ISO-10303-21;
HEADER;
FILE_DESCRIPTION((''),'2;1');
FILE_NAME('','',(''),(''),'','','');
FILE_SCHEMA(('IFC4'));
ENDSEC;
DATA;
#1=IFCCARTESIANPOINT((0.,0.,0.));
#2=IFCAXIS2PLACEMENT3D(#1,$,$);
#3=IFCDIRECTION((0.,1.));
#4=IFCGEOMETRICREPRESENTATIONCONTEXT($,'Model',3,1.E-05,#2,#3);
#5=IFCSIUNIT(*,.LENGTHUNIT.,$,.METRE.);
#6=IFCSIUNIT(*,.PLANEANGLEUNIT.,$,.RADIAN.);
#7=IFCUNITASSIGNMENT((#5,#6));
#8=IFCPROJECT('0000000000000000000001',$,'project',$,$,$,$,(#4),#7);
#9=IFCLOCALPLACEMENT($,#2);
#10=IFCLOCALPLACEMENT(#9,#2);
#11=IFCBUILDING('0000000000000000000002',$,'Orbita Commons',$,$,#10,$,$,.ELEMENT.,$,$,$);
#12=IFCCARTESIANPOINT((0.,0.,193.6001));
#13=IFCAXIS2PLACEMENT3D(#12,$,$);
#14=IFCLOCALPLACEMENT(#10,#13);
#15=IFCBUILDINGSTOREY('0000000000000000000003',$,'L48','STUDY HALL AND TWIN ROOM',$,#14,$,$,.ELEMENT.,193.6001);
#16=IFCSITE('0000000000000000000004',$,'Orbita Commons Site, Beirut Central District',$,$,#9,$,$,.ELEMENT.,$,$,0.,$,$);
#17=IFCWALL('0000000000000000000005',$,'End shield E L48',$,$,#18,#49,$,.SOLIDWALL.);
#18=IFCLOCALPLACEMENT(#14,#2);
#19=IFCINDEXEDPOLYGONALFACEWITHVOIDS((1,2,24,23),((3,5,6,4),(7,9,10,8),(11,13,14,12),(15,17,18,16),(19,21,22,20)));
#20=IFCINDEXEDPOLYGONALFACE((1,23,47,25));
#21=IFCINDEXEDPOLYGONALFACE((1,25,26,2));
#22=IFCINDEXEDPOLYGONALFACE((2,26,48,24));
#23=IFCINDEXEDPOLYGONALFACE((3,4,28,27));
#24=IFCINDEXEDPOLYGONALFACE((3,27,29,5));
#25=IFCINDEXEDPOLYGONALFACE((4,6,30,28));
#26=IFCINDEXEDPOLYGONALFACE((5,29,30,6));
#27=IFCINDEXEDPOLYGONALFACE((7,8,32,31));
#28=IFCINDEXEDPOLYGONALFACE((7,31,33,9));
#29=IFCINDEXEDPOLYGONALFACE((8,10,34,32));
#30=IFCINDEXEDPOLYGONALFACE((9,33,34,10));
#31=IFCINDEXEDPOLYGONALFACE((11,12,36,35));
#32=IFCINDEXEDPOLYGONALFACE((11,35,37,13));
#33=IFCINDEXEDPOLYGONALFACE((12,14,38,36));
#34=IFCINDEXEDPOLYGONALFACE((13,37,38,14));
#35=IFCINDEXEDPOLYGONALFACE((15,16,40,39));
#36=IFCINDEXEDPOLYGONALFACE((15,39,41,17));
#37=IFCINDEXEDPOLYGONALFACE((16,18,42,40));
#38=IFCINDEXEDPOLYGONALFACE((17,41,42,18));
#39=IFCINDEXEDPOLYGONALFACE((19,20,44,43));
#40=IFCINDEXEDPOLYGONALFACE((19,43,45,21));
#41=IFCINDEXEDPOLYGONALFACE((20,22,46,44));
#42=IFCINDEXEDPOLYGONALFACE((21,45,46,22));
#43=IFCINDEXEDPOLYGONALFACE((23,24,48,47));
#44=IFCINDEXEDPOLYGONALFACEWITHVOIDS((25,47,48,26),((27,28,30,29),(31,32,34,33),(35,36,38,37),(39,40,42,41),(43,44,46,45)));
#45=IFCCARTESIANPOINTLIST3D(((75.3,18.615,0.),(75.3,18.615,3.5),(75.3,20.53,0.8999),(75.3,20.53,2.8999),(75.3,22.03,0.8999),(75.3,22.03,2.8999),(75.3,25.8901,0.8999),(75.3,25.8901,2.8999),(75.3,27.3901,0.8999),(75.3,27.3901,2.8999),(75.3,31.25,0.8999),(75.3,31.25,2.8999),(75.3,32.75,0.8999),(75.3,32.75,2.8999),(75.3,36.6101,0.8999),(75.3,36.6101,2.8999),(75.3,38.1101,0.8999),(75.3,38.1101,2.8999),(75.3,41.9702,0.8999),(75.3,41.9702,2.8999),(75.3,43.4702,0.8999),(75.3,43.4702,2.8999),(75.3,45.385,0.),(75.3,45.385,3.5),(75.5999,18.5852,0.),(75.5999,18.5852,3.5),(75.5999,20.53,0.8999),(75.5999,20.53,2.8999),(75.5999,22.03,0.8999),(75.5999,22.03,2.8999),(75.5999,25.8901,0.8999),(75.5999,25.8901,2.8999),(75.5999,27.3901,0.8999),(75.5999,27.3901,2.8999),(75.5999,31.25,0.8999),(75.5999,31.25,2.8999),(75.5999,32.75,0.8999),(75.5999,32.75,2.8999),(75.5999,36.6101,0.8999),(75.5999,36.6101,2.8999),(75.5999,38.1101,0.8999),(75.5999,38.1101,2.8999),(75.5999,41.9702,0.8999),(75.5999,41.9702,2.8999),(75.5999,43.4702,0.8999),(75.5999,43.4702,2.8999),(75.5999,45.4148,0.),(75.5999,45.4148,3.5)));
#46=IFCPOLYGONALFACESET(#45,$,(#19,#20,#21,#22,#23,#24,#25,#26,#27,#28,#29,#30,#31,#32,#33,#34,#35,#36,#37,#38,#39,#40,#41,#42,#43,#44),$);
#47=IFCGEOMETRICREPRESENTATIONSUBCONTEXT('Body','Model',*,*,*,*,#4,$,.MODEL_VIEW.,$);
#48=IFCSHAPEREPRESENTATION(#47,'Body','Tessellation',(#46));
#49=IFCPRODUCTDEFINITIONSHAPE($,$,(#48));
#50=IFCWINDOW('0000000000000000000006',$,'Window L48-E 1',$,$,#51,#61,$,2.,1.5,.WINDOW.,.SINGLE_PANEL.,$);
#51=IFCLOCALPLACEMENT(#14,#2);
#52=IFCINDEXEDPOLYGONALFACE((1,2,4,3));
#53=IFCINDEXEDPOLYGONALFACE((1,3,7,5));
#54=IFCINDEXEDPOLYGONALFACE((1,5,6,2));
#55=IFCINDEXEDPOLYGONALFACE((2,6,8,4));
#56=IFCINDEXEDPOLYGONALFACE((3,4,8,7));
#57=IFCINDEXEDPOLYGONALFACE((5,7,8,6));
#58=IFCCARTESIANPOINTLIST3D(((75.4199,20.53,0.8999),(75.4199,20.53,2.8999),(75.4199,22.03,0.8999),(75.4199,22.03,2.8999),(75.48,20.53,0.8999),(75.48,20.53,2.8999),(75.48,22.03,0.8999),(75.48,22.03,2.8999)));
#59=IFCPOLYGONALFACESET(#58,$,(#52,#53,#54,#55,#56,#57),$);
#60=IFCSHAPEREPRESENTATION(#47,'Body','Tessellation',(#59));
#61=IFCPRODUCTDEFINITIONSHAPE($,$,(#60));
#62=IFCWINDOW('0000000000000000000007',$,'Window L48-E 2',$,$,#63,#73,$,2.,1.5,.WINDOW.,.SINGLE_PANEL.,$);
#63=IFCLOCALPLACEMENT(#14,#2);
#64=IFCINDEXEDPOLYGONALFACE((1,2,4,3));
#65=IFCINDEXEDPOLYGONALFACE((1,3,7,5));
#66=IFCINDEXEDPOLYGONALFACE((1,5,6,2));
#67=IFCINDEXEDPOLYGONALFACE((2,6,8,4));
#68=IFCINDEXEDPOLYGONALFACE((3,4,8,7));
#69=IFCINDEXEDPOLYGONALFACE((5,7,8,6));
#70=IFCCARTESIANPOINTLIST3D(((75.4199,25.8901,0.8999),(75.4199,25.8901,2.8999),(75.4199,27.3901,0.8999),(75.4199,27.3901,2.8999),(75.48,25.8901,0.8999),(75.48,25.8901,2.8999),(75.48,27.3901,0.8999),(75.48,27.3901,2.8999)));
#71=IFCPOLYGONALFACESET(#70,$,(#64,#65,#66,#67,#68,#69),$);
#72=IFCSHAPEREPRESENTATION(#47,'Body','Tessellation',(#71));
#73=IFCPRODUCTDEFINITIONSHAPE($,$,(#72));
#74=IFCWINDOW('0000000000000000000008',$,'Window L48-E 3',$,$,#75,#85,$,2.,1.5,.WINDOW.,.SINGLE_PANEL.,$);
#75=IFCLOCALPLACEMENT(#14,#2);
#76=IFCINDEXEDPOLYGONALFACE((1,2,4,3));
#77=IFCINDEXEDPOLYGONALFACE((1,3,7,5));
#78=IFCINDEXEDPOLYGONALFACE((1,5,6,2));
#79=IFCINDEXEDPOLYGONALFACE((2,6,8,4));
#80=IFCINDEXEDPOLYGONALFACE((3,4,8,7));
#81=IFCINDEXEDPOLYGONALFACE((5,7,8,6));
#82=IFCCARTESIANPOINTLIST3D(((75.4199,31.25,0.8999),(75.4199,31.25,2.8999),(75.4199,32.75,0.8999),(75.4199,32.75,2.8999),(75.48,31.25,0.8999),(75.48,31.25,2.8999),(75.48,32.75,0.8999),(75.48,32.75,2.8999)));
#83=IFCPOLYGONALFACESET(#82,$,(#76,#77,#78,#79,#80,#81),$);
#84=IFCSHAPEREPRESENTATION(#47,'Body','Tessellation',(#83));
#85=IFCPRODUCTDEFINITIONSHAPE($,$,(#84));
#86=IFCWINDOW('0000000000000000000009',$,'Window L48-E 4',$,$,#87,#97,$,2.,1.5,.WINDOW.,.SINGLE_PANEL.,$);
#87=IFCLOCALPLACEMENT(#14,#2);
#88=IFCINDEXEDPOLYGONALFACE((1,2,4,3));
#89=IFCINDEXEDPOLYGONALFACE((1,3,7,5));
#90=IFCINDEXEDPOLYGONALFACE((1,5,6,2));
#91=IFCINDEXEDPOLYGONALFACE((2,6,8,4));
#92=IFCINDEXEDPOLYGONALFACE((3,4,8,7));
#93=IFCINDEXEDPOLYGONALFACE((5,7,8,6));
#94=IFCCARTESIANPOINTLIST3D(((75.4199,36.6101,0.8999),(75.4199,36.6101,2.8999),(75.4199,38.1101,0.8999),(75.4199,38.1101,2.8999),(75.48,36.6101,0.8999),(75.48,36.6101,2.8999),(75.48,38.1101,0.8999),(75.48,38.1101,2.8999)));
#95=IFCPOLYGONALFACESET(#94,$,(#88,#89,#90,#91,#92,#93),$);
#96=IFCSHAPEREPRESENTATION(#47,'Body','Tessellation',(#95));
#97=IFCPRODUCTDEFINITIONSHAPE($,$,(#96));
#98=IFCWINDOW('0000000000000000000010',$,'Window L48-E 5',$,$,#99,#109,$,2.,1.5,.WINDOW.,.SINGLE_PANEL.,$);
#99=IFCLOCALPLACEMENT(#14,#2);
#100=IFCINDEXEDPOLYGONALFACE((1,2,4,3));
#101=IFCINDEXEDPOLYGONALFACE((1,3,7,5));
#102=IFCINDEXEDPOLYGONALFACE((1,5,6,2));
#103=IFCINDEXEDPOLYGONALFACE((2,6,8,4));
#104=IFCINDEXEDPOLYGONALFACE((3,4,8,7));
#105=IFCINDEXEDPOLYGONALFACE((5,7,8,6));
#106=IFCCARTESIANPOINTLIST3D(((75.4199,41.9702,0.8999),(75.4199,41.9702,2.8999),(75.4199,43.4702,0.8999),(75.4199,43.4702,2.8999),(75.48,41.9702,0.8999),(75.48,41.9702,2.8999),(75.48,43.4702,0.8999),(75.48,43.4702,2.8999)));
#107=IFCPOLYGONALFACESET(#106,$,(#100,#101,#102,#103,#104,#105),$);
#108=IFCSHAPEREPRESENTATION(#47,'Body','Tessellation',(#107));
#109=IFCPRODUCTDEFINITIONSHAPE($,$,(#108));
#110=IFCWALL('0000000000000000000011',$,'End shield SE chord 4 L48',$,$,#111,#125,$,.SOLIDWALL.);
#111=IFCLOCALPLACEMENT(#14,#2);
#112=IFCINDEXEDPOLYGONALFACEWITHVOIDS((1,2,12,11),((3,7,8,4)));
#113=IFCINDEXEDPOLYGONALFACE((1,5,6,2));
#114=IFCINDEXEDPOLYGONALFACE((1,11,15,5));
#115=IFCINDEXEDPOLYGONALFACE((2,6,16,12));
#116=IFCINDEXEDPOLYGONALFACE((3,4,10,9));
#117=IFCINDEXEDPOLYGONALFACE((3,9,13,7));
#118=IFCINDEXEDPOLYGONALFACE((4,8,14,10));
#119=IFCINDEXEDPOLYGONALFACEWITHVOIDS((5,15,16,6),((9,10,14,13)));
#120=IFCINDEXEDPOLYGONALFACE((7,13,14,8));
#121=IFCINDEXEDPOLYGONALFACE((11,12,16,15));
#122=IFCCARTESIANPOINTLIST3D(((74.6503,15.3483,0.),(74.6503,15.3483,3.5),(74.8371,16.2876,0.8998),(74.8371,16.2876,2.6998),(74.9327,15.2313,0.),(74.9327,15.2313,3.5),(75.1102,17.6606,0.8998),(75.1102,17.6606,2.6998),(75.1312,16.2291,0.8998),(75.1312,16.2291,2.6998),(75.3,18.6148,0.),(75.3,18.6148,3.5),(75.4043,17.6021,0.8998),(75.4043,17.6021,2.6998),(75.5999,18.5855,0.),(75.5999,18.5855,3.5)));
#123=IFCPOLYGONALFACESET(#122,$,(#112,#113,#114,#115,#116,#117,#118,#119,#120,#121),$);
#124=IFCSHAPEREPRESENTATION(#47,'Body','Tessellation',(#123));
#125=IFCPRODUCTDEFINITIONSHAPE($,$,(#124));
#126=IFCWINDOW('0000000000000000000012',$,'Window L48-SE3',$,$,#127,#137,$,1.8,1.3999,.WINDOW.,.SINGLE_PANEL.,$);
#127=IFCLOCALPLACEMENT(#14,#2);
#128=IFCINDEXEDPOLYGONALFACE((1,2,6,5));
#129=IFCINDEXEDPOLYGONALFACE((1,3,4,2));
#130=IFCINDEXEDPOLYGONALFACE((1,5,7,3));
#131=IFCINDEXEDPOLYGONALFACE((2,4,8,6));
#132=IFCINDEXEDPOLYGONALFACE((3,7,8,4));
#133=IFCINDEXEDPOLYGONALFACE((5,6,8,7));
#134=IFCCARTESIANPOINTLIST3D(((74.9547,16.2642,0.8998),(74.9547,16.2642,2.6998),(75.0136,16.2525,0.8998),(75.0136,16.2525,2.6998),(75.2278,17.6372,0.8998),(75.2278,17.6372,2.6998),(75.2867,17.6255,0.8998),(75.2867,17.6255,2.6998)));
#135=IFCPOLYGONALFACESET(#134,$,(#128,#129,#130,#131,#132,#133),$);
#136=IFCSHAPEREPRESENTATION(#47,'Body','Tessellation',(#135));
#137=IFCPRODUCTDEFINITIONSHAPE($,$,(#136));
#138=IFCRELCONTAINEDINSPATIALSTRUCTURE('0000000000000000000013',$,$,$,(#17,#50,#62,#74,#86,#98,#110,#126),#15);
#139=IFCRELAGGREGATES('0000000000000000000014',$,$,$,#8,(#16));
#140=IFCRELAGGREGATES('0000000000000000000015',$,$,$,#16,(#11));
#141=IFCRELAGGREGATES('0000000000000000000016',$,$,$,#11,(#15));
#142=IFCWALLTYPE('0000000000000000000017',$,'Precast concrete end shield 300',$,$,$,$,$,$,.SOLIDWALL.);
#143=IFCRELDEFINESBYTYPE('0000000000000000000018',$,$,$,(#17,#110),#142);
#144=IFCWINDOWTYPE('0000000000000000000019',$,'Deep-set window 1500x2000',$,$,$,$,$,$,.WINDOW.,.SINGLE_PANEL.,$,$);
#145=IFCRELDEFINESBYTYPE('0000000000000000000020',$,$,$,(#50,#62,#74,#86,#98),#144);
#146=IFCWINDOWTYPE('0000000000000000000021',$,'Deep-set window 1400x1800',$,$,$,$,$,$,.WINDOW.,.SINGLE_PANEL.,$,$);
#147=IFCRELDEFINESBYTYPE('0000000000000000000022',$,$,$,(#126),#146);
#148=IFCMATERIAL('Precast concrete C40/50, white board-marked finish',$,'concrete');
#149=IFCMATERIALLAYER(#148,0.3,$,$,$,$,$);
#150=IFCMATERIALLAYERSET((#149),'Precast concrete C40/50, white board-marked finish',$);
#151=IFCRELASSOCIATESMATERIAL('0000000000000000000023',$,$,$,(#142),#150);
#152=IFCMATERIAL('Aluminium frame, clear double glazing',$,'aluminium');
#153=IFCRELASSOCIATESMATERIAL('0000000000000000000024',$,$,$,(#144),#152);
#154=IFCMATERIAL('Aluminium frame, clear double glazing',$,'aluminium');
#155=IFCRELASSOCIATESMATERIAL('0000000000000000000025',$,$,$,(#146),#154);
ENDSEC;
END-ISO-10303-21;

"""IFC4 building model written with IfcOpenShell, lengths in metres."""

from ifc_helpers import new_model, si_unit, direction, frame, frame_2d, origin, place, context, subcontext, project, spatial, polyline, rectangle, outline, extrude, material, layer, layer_set, type_object, element, fill, save


model = new_model("IFC4")

# Units and contexts
model_context = context("Model", 3, precision=1e-05, world=origin(), true_north=direction((0.0, 1.0)))
body_context = subcontext(model_context, "Body", "Model", "MODEL_VIEW")
ifc_project = project(units=[si_unit("LENGTHUNIT", "METRE"), si_unit("PLANEANGLEUNIT", "RADIAN")], contexts=[model_context])

# Site, building, storey
site_placement = place(None, origin())
site = spatial("IfcSite", under=ifc_project, at=site_placement, Name="Orbita Commons Site, Beirut Central District", CompositionType="ELEMENT", RefElevation=0.0)
building_placement = place(site_placement, origin())
building = spatial("IfcBuilding", under=site, at=building_placement, Name="Orbita Commons", CompositionType="ELEMENT")
storey_placement = place(building_placement, frame((0.0, 0.0, 193.6001)))
storey = spatial("IfcBuildingStorey", under=building, at=storey_placement, Name="L48", Description="STUDY HALL AND TWIN ROOM", CompositionType="ELEMENT", Elevation=193.6001)

# Wall, openings, windows
ifc_material_1 = material(Name="Precast concrete C40/50, white board-marked finish", Category="concrete")
ifc_layer_1 = layer(ifc_material_1, 0.3)
ifc_layer_set_1 = layer_set([ifc_layer_1], Name="Precast concrete C40/50, white board-marked finish")
wall_type_1 = type_object("IfcWallType", Name="Precast concrete end shield 300", PredefinedType="SOLIDWALL", material=ifc_layer_set_1)
wall_1_placement = place(storey_placement, frame((75.45, 18.6001, 0.0), z_axis=(0.0, 0.0, 1.0), x_axis=(0.0, 1.0, 0.0)))
wall_1 = element("IfcWall", 1, at=wall_1_placement, inside=storey, type_object=wall_type_1, Name="End shield E L48", PredefinedType="SOLIDWALL", context=body_context, shape_type="SweptSolid", body=[
    extrude(outline(polyline([(-0.0149, -0.1499), (26.8147, -0.1499), (26.7849, 0.1499), (0.0149, 0.1499), (-0.0149, -0.1499)])), origin(), (0.0, 0.0, 1.0), 3.5),
])
opening_1_placement = place(wall_1_placement, frame((1.9299, 0.0, 0.8999)))
opening_1 = element("IfcOpeningElement", 2, at=opening_1_placement, cuts=wall_1, PredefinedType="OPENING", context=body_context, shape_type="SweptSolid", body=[
    extrude(rectangle(XDim=1.5, YDim=2.0, at=frame_2d((0.75, 1.0))), frame((0.0, 0.1599, 0.0), z_axis=(0.0, -1.0, 0.0), x_axis=(1.0, 0.0, 0.0)), (0.0, 0.0, 1.0), 0.3201),
])
opening_2_placement = place(wall_1_placement, frame((7.29, 0.0, 0.8999)))
opening_2 = element("IfcOpeningElement", 3, at=opening_2_placement, cuts=wall_1, PredefinedType="OPENING", context=body_context, shape_type="SweptSolid", body=[
    extrude(rectangle(XDim=1.5, YDim=2.0, at=frame_2d((0.75, 1.0))), frame((0.0, 0.1599, 0.0), z_axis=(0.0, -1.0, 0.0), x_axis=(1.0, 0.0, 0.0)), (0.0, 0.0, 1.0), 0.3201),
])
opening_3_placement = place(wall_1_placement, frame((12.6499, 0.0, 0.8999)))
opening_3 = element("IfcOpeningElement", 4, at=opening_3_placement, cuts=wall_1, PredefinedType="OPENING", context=body_context, shape_type="SweptSolid", body=[
    extrude(rectangle(XDim=1.5, YDim=2.0, at=frame_2d((0.75, 1.0))), frame((0.0, 0.1599, 0.0), z_axis=(0.0, -1.0, 0.0), x_axis=(1.0, 0.0, 0.0)), (0.0, 0.0, 1.0), 0.3201),
])
opening_4_placement = place(wall_1_placement, frame((18.01, 0.0, 0.8999)))
opening_4 = element("IfcOpeningElement", 5, at=opening_4_placement, cuts=wall_1, PredefinedType="OPENING", context=body_context, shape_type="SweptSolid", body=[
    extrude(rectangle(XDim=1.5, YDim=2.0, at=frame_2d((0.75, 1.0))), frame((0.0, 0.1599, 0.0), z_axis=(0.0, -1.0, 0.0), x_axis=(1.0, 0.0, 0.0)), (0.0, 0.0, 1.0), 0.3201),
])
opening_5_placement = place(wall_1_placement, frame((23.3701, 0.0, 0.8999)))
opening_5 = element("IfcOpeningElement", 6, at=opening_5_placement, cuts=wall_1, PredefinedType="OPENING", context=body_context, shape_type="SweptSolid", body=[
    extrude(rectangle(XDim=1.5, YDim=2.0, at=frame_2d((0.75, 1.0))), frame((0.0, 0.1599, 0.0), z_axis=(0.0, -1.0, 0.0), x_axis=(1.0, 0.0, 0.0)), (0.0, 0.0, 1.0), 0.3201),
])
ifc_material_2 = material(Name="Aluminium frame, clear double glazing", Category="aluminium")
window_type_1 = type_object("IfcWindowType", Name="Deep-set window 1500x2000", PartitioningType="SINGLE_PANEL", PredefinedType="WINDOW", material=ifc_material_2)
window_1_placement = place(opening_1_placement, origin())
window_1 = element("IfcWindow", 7, at=window_1_placement, inside=storey, type_object=window_type_1, Name="Window L48-E 1", OverallHeight=2.0, OverallWidth=1.5, PartitioningType="SINGLE_PANEL", PredefinedType="WINDOW", context=body_context, shape_type="SweptSolid", body=[
    extrude(rectangle(XDim=1.5, YDim=2.0, at=frame_2d((0.75, 1.0))), frame((0.0, 0.03, 0.0), z_axis=(0.0, -1.0, 0.0), x_axis=(1.0, 0.0, 0.0)), (0.0, 0.0, 1.0), 0.0601),
])
fill(opening_1, window_1)
window_2_placement = place(opening_2_placement, origin())
window_2 = element("IfcWindow", 8, at=window_2_placement, inside=storey, type_object=window_type_1, Name="Window L48-E 2", OverallHeight=2.0, OverallWidth=1.5, PartitioningType="SINGLE_PANEL", PredefinedType="WINDOW", context=body_context, shape_type="SweptSolid", body=[
    extrude(rectangle(XDim=1.5, YDim=2.0, at=frame_2d((0.75, 1.0))), frame((0.0, 0.03, 0.0), z_axis=(0.0, -1.0, 0.0), x_axis=(1.0, 0.0, 0.0)), (0.0, 0.0, 1.0), 0.0601),
])
fill(opening_2, window_2)
window_3_placement = place(opening_3_placement, origin())
window_3 = element("IfcWindow", 9, at=window_3_placement, inside=storey, type_object=window_type_1, Name="Window L48-E 3", OverallHeight=2.0, OverallWidth=1.5, PartitioningType="SINGLE_PANEL", PredefinedType="WINDOW", context=body_context, shape_type="SweptSolid", body=[
    extrude(rectangle(XDim=1.5, YDim=2.0, at=frame_2d((0.75, 1.0))), frame((0.0, 0.03, 0.0), z_axis=(0.0, -1.0, 0.0), x_axis=(1.0, 0.0, 0.0)), (0.0, 0.0, 1.0), 0.0601),
])
fill(opening_3, window_3)
window_4_placement = place(opening_4_placement, origin())
window_4 = element("IfcWindow", 10, at=window_4_placement, inside=storey, type_object=window_type_1, Name="Window L48-E 4", OverallHeight=2.0, OverallWidth=1.5, PartitioningType="SINGLE_PANEL", PredefinedType="WINDOW", context=body_context, shape_type="SweptSolid", body=[
    extrude(rectangle(XDim=1.5, YDim=2.0, at=frame_2d((0.75, 1.0))), frame((0.0, 0.03, 0.0), z_axis=(0.0, -1.0, 0.0), x_axis=(1.0, 0.0, 0.0)), (0.0, 0.0, 1.0), 0.0601),
])
fill(opening_4, window_4)
window_5_placement = place(opening_5_placement, origin())
window_5 = element("IfcWindow", 11, at=window_5_placement, inside=storey, type_object=window_type_1, Name="Window L48-E 5", OverallHeight=2.0, OverallWidth=1.5, PartitioningType="SINGLE_PANEL", PredefinedType="WINDOW", context=body_context, shape_type="SweptSolid", body=[
    extrude(rectangle(XDim=1.5, YDim=2.0, at=frame_2d((0.75, 1.0))), frame((0.0, 0.03, 0.0), z_axis=(0.0, -1.0, 0.0), x_axis=(1.0, 0.0, 0.0)), (0.0, 0.0, 1.0), 0.0601),
])
fill(opening_5, window_5)

# Wall, opening, window
wall_2_placement = place(storey_placement, frame((74.7915, 15.2898, 0.0), z_axis=(0.0, 0.0, 1.0), x_axis=(0.195087, 0.980786, 0.0)))
wall_2 = element("IfcWall", 12, at=wall_2_placement, inside=storey, type_object=wall_type_1, Name="End shield SE chord 4 L48", PredefinedType="SOLIDWALL", context=body_context, shape_type="SweptSolid", body=[
    extrude(outline(polyline([(-0.0298, -0.1499), (3.3901, -0.1499), (3.3604, 0.1499), (0.0298, 0.1499), (-0.0298, -0.1499)])), origin(), (0.0, 0.0, 1.0), 3.5),
])
opening_6_placement = place(wall_2_placement, frame((0.9875, 0.0, 0.8999)))
opening_6 = element("IfcOpeningElement", 13, at=opening_6_placement, cuts=wall_2, PredefinedType="OPENING", context=body_context, shape_type="SweptSolid", body=[
    extrude(rectangle(XDim=1.3999, YDim=1.8, at=frame_2d((0.7, 0.8999))), frame((0.0, 0.1599, 0.0), z_axis=(0.0, -1.0, 0.0), x_axis=(1.0, 0.0, 0.0)), (0.0, 0.0, 1.0), 0.3201),
])
ifc_material_3 = material(Name="Aluminium frame, clear double glazing", Category="aluminium")
window_type_2 = type_object("IfcWindowType", Name="Deep-set window 1400x1800", PartitioningType="SINGLE_PANEL", PredefinedType="WINDOW", material=ifc_material_3)
window_6_placement = place(opening_6_placement, origin())
window_6 = element("IfcWindow", 14, at=window_6_placement, inside=storey, type_object=window_type_2, Name="Window L48-SE3", OverallHeight=1.8, OverallWidth=1.3999, PartitioningType="SINGLE_PANEL", PredefinedType="WINDOW", context=body_context, shape_type="SweptSolid", body=[
    extrude(rectangle(XDim=1.3999, YDim=1.8, at=frame_2d((0.7, 0.8999))), frame((0.0, 0.03, 0.0), z_axis=(0.0, -1.0, 0.0), x_axis=(1.0, 0.0, 0.0)), (0.0, 0.0, 1.0), 0.0601),
])
fill(opening_6, window_6)

save(model, "model.ifc")
